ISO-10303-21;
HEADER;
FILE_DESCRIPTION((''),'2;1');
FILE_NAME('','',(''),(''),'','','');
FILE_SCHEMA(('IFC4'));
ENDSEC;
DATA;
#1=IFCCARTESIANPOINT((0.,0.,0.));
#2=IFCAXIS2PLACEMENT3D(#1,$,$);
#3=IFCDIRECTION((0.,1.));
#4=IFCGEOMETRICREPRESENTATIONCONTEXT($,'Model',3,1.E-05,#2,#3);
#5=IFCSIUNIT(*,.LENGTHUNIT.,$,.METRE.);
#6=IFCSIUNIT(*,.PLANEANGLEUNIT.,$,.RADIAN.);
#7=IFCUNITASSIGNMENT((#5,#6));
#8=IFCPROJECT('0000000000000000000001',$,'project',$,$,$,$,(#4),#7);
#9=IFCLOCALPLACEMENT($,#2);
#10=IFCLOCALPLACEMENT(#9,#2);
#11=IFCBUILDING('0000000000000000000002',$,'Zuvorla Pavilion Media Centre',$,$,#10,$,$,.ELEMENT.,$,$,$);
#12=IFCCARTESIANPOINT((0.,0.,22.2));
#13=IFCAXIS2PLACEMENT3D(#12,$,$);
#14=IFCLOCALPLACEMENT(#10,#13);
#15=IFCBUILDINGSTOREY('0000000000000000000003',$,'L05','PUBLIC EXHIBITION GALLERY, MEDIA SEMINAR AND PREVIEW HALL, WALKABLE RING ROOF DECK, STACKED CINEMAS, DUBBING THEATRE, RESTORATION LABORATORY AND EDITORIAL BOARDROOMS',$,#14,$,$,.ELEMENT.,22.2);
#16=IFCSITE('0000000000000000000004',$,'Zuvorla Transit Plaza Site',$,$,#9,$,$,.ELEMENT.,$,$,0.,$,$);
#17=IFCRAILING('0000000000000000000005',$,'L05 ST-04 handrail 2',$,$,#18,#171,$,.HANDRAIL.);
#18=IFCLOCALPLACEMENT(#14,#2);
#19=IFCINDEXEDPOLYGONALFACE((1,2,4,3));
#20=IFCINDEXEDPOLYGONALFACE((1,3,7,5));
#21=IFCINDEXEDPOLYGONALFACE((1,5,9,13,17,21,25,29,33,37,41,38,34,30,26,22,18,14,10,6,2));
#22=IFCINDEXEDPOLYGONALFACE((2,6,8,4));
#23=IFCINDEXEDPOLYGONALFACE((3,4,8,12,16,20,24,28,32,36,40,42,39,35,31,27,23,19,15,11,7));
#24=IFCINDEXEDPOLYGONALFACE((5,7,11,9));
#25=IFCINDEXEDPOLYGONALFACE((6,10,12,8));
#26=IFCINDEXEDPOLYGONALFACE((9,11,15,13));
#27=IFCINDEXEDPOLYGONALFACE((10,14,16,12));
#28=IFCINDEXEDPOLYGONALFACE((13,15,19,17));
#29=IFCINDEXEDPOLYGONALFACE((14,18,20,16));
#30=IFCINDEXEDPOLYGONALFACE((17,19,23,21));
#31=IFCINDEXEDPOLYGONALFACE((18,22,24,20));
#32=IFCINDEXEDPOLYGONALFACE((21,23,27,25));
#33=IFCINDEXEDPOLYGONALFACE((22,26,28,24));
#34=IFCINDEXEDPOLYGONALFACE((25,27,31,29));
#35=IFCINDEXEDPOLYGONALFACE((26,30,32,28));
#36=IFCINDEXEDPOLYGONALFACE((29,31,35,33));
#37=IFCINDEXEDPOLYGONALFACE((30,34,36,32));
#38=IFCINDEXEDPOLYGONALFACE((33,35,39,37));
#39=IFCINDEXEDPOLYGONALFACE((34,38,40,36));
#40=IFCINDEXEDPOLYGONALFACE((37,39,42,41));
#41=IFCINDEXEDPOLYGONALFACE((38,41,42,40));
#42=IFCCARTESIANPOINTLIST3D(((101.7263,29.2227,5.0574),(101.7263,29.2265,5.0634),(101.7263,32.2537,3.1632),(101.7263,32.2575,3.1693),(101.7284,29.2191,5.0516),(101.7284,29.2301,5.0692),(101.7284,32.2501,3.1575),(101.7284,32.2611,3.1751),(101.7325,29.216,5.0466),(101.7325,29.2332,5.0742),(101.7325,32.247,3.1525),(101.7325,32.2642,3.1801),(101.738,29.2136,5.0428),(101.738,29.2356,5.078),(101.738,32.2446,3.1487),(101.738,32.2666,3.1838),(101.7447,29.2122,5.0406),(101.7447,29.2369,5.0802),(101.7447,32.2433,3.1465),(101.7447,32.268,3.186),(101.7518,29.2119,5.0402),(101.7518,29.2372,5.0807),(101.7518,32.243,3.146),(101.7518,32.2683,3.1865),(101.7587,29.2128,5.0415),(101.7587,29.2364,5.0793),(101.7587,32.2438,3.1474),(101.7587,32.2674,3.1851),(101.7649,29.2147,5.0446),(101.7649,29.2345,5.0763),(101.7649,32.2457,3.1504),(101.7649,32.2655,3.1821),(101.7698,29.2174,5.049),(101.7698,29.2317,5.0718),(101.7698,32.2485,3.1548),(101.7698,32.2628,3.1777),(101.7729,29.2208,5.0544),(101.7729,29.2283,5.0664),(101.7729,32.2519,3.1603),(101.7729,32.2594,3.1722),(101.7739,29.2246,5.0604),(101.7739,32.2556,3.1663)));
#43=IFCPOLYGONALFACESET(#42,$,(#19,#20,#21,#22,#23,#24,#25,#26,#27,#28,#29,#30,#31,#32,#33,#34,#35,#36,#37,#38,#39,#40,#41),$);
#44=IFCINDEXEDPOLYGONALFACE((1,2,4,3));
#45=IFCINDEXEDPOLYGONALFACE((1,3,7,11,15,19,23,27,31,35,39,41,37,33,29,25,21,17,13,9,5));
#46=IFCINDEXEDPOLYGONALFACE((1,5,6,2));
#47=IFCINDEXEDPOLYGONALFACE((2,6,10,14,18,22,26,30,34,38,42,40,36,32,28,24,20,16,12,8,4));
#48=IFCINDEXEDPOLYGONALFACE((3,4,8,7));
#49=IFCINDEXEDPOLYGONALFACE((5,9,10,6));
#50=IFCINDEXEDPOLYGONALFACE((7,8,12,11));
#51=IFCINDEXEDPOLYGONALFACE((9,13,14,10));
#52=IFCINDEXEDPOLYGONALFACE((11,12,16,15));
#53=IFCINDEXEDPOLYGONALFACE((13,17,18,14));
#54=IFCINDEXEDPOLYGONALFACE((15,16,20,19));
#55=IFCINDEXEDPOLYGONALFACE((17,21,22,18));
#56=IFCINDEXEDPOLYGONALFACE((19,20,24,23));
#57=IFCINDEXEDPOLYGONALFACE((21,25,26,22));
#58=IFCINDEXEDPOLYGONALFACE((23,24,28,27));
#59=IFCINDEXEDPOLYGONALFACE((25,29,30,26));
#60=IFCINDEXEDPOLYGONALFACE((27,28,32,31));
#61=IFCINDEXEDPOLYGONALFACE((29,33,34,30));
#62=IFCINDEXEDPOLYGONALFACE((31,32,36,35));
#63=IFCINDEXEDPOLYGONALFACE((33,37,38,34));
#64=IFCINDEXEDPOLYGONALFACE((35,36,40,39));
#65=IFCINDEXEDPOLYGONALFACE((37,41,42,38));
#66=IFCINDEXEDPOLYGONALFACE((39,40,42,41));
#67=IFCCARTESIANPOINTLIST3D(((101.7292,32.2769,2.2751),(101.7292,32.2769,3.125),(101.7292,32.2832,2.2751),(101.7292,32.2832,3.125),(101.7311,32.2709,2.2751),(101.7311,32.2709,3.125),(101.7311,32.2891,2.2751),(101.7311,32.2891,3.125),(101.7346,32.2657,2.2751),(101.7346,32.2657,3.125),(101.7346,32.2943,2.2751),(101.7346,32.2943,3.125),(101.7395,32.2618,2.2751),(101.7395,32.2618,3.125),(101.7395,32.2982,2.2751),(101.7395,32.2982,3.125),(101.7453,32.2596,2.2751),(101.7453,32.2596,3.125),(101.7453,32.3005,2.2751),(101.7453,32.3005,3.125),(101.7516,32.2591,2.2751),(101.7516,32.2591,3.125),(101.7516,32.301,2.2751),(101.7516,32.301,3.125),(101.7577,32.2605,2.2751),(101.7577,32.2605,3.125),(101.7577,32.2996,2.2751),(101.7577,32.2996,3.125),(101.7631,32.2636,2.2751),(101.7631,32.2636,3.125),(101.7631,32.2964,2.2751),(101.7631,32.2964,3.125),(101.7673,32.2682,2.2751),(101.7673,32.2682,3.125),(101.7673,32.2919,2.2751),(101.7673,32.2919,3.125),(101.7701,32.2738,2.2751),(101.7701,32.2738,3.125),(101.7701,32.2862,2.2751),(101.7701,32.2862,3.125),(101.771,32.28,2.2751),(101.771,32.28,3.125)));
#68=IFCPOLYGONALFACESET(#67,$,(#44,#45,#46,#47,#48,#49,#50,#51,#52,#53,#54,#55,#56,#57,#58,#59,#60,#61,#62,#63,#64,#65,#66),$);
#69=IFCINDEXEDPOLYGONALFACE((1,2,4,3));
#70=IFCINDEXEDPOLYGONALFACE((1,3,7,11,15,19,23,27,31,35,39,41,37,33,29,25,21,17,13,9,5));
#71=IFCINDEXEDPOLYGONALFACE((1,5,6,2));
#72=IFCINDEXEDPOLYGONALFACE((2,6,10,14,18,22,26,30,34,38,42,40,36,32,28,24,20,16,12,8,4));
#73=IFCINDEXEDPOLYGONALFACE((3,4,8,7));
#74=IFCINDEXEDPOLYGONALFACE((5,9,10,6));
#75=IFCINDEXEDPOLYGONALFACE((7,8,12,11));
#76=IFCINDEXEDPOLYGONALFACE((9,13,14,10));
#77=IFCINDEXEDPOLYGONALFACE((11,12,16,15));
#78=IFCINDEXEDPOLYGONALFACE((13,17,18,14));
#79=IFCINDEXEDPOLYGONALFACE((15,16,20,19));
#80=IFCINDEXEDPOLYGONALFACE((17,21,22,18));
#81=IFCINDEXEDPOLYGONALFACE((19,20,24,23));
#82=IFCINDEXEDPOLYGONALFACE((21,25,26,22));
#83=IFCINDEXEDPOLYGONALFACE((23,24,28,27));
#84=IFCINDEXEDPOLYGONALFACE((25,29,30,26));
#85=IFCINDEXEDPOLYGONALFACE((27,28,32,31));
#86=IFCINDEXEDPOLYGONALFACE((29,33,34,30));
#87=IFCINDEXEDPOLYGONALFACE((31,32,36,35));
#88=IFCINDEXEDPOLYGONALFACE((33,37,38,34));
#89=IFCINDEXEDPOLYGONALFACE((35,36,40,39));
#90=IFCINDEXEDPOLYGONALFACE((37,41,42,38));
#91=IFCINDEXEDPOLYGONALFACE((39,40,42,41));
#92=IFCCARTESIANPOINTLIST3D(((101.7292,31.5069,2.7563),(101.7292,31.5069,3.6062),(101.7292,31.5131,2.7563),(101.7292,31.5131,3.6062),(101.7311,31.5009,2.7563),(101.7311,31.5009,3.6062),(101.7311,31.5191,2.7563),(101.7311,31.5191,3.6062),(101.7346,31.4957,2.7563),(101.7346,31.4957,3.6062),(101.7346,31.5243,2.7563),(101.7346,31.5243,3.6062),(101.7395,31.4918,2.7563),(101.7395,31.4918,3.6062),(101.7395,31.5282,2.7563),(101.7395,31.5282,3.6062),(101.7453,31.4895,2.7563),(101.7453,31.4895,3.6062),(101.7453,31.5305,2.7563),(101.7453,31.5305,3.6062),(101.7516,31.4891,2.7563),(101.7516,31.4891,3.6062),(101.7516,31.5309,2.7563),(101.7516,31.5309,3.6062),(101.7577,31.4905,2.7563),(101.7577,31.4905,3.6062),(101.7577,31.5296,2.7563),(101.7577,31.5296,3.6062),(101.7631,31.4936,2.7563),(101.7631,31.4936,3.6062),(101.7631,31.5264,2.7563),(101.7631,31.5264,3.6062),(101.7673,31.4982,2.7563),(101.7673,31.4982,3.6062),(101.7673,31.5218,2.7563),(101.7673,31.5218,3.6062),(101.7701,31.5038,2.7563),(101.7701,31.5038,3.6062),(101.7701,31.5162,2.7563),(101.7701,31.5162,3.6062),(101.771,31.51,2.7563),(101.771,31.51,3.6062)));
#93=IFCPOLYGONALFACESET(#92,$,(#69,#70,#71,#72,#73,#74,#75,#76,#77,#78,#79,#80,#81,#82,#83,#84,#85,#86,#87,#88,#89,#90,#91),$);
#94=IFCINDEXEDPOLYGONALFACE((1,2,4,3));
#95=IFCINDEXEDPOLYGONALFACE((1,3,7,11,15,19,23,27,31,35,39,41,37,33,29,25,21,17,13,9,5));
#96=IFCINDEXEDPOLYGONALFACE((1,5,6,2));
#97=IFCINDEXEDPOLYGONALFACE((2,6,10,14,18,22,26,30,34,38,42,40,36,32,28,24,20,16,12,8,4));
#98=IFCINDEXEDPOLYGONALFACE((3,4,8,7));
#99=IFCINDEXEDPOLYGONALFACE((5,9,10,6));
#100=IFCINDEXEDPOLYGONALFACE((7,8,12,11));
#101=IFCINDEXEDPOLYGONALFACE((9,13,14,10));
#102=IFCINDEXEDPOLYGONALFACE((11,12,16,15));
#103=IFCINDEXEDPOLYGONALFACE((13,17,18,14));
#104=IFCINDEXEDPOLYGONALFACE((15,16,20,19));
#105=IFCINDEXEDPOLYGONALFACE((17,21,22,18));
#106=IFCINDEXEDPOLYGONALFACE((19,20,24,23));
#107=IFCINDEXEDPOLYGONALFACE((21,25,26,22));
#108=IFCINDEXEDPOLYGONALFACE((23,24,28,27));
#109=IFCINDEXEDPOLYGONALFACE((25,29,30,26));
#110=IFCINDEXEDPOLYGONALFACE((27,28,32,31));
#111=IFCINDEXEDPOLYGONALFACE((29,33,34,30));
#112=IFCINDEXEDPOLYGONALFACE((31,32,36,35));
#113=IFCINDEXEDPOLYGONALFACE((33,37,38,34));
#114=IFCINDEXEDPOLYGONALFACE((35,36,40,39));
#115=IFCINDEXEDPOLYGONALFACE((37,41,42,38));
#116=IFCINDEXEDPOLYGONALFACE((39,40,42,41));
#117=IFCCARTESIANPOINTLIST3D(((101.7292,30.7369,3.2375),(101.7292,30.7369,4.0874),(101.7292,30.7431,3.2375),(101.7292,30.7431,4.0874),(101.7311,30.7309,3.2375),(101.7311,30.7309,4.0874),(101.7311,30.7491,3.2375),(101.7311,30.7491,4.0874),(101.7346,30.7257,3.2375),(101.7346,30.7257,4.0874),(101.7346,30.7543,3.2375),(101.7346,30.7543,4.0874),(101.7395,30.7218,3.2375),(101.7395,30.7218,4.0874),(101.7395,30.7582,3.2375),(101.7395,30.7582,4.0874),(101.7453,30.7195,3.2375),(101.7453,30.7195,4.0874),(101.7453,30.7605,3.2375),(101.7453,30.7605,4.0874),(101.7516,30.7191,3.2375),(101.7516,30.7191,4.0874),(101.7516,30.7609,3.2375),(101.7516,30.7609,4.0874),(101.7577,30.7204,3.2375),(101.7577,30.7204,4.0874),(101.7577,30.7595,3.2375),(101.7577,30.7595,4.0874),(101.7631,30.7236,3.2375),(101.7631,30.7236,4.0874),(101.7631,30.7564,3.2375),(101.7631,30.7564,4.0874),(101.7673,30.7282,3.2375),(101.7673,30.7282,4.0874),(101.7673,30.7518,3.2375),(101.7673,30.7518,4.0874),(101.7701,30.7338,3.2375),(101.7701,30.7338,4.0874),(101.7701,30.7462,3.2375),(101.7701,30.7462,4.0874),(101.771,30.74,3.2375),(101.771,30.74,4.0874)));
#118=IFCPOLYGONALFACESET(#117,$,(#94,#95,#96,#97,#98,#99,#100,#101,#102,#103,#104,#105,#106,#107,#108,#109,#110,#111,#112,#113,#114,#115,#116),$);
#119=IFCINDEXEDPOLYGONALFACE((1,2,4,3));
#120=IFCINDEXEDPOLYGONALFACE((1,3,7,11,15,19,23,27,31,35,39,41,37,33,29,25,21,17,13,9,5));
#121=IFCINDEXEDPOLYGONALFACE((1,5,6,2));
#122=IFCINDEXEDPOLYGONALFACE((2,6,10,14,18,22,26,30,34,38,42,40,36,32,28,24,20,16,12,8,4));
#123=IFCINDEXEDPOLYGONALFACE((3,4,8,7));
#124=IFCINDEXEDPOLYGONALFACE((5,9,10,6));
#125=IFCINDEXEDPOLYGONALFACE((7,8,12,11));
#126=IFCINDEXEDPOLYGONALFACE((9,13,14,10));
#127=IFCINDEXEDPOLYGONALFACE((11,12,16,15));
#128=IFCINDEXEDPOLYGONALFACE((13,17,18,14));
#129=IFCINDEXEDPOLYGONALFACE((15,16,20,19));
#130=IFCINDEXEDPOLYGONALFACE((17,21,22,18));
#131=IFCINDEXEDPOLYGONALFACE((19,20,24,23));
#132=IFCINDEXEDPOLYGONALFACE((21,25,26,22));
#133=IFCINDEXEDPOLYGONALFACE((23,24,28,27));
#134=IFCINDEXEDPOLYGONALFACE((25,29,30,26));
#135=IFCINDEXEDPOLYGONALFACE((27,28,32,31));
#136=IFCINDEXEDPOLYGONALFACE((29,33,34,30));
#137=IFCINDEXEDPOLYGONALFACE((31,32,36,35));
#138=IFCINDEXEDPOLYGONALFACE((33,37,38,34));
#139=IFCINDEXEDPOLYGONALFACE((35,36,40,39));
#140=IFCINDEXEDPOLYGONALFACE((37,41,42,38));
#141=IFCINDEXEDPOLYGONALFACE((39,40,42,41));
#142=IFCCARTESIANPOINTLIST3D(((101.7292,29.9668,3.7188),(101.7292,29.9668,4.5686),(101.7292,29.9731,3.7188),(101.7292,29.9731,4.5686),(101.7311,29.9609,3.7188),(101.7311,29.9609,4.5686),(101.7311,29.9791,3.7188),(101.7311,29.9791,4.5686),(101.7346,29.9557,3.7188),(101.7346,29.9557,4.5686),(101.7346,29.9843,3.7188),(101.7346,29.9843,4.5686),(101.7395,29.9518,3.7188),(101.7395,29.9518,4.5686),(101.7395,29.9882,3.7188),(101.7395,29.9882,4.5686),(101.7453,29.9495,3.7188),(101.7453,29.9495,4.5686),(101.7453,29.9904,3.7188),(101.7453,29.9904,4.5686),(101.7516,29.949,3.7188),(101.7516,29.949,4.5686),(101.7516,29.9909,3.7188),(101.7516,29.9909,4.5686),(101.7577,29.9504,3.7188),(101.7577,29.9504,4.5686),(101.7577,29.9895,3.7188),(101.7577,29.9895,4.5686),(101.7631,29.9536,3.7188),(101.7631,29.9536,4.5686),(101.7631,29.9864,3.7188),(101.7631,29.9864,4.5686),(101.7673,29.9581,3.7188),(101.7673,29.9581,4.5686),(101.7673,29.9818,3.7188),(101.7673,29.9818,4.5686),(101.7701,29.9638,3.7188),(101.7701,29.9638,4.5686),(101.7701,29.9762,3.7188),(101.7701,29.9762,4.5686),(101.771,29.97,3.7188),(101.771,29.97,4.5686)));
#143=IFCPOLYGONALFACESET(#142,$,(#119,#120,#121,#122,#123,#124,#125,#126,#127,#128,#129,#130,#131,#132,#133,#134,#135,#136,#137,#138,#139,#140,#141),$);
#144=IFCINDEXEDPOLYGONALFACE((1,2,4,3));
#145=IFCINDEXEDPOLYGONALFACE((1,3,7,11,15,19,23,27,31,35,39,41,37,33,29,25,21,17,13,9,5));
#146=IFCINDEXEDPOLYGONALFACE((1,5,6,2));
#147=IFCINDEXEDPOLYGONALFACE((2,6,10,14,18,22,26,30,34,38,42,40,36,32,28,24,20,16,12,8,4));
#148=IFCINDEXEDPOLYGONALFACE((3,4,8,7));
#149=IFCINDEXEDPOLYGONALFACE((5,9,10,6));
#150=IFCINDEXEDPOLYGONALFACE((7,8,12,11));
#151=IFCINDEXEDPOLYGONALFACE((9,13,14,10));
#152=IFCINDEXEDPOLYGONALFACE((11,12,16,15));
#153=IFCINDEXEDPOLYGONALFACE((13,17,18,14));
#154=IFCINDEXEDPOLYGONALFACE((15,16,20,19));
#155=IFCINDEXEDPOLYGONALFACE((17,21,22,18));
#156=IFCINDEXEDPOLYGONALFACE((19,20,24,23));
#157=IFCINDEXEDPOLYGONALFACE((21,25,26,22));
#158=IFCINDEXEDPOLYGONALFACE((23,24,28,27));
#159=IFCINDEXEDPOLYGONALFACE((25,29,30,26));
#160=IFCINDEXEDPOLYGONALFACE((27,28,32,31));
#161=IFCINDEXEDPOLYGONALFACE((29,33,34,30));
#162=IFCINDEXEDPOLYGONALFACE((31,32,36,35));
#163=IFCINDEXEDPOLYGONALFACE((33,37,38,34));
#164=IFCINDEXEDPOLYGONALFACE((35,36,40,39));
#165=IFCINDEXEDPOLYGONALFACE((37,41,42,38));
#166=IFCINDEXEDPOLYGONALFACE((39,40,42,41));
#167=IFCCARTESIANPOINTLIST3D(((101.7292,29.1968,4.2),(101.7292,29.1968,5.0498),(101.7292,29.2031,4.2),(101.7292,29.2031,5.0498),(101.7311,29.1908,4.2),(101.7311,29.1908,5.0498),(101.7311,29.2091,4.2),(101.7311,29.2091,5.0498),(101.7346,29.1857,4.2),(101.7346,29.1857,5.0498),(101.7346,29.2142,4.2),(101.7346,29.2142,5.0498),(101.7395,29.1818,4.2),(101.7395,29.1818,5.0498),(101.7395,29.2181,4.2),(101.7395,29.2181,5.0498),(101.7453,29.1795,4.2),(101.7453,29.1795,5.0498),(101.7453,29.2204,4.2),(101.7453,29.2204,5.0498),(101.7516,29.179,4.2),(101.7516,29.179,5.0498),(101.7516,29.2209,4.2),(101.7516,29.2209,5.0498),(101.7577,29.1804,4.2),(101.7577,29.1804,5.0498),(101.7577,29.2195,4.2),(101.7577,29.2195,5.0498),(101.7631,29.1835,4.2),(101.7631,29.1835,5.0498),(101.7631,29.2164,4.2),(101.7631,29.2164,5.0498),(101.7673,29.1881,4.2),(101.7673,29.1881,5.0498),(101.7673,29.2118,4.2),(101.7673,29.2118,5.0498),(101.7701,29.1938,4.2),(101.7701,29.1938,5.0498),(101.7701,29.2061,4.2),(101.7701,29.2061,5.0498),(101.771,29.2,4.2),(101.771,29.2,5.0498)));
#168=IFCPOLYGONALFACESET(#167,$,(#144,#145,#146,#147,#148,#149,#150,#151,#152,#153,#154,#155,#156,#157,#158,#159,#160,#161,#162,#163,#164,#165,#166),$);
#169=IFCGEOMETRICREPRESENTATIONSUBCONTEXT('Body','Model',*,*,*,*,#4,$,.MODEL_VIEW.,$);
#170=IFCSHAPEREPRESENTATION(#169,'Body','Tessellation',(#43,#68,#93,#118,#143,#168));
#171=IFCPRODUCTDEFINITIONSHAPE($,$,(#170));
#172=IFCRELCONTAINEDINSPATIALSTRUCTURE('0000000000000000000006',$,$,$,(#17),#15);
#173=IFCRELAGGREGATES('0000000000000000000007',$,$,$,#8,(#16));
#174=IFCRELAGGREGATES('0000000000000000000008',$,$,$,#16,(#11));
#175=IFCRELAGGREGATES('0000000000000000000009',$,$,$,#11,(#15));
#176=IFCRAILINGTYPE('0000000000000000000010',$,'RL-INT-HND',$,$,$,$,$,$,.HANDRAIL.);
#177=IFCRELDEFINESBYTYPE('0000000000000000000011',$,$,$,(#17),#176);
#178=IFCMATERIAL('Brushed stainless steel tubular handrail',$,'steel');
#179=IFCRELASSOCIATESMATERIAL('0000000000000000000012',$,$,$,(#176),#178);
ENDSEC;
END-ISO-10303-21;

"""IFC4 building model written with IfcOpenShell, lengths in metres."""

from ifc_helpers import new_model, si_unit, direction, frame, origin, origin_2d, place, context, subcontext, project, spatial, circle, extrude, material, type_object, element, save


model = new_model("IFC4")

# Units and contexts
model_context = context("Model", 3, precision=1e-05, world=origin(), true_north=direction((0.0, 1.0)))
body_context = subcontext(model_context, "Body", "Model", "MODEL_VIEW")
ifc_project = project(units=[si_unit("LENGTHUNIT", "METRE"), si_unit("PLANEANGLEUNIT", "RADIAN")], contexts=[model_context])

# Site, building, storey
site_placement = place(None, origin())
site = spatial("IfcSite", under=ifc_project, at=site_placement, Name="Zuvorla Transit Plaza Site", CompositionType="ELEMENT", RefElevation=0.0)
building_placement = place(site_placement, origin())
building = spatial("IfcBuilding", under=site, at=building_placement, Name="Zuvorla Pavilion Media Centre", CompositionType="ELEMENT")
storey_placement = place(building_placement, frame((0.0, 0.0, 22.2)))
storey = spatial("IfcBuildingStorey", under=building, at=storey_placement, Name="L05", Description="PUBLIC EXHIBITION GALLERY, MEDIA SEMINAR AND PREVIEW HALL, WALKABLE RING ROOF DECK, STACKED CINEMAS, DUBBING THEATRE, RESTORATION LABORATORY AND EDITORIAL BOARDROOMS", CompositionType="ELEMENT", Elevation=22.2)

# Railing
ifc_material_1 = material(Name="Brushed stainless steel tubular handrail", Category="steel")
railing_type_1 = type_object("IfcRailingType", Name="RL-INT-HND", PredefinedType="HANDRAIL", material=ifc_material_1)
railing_1_placement = place(storey_placement, frame((101.75, 32.28, 2.2751)))
element("IfcRailing", 1, at=railing_1_placement, inside=storey, type_object=railing_type_1, Name="L05 ST-04 handrail 2", PredefinedType="HANDRAIL", context=body_context, shape_type="SweptSolid", body=[
    extrude(circle(Radius=0.0239, at=origin_2d()), frame((0.0, -0.0244, 0.8911), z_axis=(0.0, -0.848029, 0.529951), x_axis=(1.0, 0.0, 0.0)), (0.0, 0.0, 1.0), 3.5742),
    extrude(circle(Radius=0.021, at=origin_2d()), origin(), (0.0, 0.0, 1.0), 0.8499),
    extrude(circle(Radius=0.021, at=origin_2d()), frame((0.0, -0.77, 0.4812)), (0.0, 0.0, 1.0), 0.8499),
    extrude(circle(Radius=0.021, at=origin_2d()), frame((0.0, -1.54, 0.9624)), (0.0, 0.0, 1.0), 0.8499),
    extrude(circle(Radius=0.021, at=origin_2d()), frame((0.0, -2.3101, 1.4436)), (0.0, 0.0, 1.0), 0.8499),
    extrude(circle(Radius=0.021, at=origin_2d()), frame((0.0, -3.0801, 1.9248)), (0.0, 0.0, 1.0), 0.8499),
])

save(model, "model.ifc")
